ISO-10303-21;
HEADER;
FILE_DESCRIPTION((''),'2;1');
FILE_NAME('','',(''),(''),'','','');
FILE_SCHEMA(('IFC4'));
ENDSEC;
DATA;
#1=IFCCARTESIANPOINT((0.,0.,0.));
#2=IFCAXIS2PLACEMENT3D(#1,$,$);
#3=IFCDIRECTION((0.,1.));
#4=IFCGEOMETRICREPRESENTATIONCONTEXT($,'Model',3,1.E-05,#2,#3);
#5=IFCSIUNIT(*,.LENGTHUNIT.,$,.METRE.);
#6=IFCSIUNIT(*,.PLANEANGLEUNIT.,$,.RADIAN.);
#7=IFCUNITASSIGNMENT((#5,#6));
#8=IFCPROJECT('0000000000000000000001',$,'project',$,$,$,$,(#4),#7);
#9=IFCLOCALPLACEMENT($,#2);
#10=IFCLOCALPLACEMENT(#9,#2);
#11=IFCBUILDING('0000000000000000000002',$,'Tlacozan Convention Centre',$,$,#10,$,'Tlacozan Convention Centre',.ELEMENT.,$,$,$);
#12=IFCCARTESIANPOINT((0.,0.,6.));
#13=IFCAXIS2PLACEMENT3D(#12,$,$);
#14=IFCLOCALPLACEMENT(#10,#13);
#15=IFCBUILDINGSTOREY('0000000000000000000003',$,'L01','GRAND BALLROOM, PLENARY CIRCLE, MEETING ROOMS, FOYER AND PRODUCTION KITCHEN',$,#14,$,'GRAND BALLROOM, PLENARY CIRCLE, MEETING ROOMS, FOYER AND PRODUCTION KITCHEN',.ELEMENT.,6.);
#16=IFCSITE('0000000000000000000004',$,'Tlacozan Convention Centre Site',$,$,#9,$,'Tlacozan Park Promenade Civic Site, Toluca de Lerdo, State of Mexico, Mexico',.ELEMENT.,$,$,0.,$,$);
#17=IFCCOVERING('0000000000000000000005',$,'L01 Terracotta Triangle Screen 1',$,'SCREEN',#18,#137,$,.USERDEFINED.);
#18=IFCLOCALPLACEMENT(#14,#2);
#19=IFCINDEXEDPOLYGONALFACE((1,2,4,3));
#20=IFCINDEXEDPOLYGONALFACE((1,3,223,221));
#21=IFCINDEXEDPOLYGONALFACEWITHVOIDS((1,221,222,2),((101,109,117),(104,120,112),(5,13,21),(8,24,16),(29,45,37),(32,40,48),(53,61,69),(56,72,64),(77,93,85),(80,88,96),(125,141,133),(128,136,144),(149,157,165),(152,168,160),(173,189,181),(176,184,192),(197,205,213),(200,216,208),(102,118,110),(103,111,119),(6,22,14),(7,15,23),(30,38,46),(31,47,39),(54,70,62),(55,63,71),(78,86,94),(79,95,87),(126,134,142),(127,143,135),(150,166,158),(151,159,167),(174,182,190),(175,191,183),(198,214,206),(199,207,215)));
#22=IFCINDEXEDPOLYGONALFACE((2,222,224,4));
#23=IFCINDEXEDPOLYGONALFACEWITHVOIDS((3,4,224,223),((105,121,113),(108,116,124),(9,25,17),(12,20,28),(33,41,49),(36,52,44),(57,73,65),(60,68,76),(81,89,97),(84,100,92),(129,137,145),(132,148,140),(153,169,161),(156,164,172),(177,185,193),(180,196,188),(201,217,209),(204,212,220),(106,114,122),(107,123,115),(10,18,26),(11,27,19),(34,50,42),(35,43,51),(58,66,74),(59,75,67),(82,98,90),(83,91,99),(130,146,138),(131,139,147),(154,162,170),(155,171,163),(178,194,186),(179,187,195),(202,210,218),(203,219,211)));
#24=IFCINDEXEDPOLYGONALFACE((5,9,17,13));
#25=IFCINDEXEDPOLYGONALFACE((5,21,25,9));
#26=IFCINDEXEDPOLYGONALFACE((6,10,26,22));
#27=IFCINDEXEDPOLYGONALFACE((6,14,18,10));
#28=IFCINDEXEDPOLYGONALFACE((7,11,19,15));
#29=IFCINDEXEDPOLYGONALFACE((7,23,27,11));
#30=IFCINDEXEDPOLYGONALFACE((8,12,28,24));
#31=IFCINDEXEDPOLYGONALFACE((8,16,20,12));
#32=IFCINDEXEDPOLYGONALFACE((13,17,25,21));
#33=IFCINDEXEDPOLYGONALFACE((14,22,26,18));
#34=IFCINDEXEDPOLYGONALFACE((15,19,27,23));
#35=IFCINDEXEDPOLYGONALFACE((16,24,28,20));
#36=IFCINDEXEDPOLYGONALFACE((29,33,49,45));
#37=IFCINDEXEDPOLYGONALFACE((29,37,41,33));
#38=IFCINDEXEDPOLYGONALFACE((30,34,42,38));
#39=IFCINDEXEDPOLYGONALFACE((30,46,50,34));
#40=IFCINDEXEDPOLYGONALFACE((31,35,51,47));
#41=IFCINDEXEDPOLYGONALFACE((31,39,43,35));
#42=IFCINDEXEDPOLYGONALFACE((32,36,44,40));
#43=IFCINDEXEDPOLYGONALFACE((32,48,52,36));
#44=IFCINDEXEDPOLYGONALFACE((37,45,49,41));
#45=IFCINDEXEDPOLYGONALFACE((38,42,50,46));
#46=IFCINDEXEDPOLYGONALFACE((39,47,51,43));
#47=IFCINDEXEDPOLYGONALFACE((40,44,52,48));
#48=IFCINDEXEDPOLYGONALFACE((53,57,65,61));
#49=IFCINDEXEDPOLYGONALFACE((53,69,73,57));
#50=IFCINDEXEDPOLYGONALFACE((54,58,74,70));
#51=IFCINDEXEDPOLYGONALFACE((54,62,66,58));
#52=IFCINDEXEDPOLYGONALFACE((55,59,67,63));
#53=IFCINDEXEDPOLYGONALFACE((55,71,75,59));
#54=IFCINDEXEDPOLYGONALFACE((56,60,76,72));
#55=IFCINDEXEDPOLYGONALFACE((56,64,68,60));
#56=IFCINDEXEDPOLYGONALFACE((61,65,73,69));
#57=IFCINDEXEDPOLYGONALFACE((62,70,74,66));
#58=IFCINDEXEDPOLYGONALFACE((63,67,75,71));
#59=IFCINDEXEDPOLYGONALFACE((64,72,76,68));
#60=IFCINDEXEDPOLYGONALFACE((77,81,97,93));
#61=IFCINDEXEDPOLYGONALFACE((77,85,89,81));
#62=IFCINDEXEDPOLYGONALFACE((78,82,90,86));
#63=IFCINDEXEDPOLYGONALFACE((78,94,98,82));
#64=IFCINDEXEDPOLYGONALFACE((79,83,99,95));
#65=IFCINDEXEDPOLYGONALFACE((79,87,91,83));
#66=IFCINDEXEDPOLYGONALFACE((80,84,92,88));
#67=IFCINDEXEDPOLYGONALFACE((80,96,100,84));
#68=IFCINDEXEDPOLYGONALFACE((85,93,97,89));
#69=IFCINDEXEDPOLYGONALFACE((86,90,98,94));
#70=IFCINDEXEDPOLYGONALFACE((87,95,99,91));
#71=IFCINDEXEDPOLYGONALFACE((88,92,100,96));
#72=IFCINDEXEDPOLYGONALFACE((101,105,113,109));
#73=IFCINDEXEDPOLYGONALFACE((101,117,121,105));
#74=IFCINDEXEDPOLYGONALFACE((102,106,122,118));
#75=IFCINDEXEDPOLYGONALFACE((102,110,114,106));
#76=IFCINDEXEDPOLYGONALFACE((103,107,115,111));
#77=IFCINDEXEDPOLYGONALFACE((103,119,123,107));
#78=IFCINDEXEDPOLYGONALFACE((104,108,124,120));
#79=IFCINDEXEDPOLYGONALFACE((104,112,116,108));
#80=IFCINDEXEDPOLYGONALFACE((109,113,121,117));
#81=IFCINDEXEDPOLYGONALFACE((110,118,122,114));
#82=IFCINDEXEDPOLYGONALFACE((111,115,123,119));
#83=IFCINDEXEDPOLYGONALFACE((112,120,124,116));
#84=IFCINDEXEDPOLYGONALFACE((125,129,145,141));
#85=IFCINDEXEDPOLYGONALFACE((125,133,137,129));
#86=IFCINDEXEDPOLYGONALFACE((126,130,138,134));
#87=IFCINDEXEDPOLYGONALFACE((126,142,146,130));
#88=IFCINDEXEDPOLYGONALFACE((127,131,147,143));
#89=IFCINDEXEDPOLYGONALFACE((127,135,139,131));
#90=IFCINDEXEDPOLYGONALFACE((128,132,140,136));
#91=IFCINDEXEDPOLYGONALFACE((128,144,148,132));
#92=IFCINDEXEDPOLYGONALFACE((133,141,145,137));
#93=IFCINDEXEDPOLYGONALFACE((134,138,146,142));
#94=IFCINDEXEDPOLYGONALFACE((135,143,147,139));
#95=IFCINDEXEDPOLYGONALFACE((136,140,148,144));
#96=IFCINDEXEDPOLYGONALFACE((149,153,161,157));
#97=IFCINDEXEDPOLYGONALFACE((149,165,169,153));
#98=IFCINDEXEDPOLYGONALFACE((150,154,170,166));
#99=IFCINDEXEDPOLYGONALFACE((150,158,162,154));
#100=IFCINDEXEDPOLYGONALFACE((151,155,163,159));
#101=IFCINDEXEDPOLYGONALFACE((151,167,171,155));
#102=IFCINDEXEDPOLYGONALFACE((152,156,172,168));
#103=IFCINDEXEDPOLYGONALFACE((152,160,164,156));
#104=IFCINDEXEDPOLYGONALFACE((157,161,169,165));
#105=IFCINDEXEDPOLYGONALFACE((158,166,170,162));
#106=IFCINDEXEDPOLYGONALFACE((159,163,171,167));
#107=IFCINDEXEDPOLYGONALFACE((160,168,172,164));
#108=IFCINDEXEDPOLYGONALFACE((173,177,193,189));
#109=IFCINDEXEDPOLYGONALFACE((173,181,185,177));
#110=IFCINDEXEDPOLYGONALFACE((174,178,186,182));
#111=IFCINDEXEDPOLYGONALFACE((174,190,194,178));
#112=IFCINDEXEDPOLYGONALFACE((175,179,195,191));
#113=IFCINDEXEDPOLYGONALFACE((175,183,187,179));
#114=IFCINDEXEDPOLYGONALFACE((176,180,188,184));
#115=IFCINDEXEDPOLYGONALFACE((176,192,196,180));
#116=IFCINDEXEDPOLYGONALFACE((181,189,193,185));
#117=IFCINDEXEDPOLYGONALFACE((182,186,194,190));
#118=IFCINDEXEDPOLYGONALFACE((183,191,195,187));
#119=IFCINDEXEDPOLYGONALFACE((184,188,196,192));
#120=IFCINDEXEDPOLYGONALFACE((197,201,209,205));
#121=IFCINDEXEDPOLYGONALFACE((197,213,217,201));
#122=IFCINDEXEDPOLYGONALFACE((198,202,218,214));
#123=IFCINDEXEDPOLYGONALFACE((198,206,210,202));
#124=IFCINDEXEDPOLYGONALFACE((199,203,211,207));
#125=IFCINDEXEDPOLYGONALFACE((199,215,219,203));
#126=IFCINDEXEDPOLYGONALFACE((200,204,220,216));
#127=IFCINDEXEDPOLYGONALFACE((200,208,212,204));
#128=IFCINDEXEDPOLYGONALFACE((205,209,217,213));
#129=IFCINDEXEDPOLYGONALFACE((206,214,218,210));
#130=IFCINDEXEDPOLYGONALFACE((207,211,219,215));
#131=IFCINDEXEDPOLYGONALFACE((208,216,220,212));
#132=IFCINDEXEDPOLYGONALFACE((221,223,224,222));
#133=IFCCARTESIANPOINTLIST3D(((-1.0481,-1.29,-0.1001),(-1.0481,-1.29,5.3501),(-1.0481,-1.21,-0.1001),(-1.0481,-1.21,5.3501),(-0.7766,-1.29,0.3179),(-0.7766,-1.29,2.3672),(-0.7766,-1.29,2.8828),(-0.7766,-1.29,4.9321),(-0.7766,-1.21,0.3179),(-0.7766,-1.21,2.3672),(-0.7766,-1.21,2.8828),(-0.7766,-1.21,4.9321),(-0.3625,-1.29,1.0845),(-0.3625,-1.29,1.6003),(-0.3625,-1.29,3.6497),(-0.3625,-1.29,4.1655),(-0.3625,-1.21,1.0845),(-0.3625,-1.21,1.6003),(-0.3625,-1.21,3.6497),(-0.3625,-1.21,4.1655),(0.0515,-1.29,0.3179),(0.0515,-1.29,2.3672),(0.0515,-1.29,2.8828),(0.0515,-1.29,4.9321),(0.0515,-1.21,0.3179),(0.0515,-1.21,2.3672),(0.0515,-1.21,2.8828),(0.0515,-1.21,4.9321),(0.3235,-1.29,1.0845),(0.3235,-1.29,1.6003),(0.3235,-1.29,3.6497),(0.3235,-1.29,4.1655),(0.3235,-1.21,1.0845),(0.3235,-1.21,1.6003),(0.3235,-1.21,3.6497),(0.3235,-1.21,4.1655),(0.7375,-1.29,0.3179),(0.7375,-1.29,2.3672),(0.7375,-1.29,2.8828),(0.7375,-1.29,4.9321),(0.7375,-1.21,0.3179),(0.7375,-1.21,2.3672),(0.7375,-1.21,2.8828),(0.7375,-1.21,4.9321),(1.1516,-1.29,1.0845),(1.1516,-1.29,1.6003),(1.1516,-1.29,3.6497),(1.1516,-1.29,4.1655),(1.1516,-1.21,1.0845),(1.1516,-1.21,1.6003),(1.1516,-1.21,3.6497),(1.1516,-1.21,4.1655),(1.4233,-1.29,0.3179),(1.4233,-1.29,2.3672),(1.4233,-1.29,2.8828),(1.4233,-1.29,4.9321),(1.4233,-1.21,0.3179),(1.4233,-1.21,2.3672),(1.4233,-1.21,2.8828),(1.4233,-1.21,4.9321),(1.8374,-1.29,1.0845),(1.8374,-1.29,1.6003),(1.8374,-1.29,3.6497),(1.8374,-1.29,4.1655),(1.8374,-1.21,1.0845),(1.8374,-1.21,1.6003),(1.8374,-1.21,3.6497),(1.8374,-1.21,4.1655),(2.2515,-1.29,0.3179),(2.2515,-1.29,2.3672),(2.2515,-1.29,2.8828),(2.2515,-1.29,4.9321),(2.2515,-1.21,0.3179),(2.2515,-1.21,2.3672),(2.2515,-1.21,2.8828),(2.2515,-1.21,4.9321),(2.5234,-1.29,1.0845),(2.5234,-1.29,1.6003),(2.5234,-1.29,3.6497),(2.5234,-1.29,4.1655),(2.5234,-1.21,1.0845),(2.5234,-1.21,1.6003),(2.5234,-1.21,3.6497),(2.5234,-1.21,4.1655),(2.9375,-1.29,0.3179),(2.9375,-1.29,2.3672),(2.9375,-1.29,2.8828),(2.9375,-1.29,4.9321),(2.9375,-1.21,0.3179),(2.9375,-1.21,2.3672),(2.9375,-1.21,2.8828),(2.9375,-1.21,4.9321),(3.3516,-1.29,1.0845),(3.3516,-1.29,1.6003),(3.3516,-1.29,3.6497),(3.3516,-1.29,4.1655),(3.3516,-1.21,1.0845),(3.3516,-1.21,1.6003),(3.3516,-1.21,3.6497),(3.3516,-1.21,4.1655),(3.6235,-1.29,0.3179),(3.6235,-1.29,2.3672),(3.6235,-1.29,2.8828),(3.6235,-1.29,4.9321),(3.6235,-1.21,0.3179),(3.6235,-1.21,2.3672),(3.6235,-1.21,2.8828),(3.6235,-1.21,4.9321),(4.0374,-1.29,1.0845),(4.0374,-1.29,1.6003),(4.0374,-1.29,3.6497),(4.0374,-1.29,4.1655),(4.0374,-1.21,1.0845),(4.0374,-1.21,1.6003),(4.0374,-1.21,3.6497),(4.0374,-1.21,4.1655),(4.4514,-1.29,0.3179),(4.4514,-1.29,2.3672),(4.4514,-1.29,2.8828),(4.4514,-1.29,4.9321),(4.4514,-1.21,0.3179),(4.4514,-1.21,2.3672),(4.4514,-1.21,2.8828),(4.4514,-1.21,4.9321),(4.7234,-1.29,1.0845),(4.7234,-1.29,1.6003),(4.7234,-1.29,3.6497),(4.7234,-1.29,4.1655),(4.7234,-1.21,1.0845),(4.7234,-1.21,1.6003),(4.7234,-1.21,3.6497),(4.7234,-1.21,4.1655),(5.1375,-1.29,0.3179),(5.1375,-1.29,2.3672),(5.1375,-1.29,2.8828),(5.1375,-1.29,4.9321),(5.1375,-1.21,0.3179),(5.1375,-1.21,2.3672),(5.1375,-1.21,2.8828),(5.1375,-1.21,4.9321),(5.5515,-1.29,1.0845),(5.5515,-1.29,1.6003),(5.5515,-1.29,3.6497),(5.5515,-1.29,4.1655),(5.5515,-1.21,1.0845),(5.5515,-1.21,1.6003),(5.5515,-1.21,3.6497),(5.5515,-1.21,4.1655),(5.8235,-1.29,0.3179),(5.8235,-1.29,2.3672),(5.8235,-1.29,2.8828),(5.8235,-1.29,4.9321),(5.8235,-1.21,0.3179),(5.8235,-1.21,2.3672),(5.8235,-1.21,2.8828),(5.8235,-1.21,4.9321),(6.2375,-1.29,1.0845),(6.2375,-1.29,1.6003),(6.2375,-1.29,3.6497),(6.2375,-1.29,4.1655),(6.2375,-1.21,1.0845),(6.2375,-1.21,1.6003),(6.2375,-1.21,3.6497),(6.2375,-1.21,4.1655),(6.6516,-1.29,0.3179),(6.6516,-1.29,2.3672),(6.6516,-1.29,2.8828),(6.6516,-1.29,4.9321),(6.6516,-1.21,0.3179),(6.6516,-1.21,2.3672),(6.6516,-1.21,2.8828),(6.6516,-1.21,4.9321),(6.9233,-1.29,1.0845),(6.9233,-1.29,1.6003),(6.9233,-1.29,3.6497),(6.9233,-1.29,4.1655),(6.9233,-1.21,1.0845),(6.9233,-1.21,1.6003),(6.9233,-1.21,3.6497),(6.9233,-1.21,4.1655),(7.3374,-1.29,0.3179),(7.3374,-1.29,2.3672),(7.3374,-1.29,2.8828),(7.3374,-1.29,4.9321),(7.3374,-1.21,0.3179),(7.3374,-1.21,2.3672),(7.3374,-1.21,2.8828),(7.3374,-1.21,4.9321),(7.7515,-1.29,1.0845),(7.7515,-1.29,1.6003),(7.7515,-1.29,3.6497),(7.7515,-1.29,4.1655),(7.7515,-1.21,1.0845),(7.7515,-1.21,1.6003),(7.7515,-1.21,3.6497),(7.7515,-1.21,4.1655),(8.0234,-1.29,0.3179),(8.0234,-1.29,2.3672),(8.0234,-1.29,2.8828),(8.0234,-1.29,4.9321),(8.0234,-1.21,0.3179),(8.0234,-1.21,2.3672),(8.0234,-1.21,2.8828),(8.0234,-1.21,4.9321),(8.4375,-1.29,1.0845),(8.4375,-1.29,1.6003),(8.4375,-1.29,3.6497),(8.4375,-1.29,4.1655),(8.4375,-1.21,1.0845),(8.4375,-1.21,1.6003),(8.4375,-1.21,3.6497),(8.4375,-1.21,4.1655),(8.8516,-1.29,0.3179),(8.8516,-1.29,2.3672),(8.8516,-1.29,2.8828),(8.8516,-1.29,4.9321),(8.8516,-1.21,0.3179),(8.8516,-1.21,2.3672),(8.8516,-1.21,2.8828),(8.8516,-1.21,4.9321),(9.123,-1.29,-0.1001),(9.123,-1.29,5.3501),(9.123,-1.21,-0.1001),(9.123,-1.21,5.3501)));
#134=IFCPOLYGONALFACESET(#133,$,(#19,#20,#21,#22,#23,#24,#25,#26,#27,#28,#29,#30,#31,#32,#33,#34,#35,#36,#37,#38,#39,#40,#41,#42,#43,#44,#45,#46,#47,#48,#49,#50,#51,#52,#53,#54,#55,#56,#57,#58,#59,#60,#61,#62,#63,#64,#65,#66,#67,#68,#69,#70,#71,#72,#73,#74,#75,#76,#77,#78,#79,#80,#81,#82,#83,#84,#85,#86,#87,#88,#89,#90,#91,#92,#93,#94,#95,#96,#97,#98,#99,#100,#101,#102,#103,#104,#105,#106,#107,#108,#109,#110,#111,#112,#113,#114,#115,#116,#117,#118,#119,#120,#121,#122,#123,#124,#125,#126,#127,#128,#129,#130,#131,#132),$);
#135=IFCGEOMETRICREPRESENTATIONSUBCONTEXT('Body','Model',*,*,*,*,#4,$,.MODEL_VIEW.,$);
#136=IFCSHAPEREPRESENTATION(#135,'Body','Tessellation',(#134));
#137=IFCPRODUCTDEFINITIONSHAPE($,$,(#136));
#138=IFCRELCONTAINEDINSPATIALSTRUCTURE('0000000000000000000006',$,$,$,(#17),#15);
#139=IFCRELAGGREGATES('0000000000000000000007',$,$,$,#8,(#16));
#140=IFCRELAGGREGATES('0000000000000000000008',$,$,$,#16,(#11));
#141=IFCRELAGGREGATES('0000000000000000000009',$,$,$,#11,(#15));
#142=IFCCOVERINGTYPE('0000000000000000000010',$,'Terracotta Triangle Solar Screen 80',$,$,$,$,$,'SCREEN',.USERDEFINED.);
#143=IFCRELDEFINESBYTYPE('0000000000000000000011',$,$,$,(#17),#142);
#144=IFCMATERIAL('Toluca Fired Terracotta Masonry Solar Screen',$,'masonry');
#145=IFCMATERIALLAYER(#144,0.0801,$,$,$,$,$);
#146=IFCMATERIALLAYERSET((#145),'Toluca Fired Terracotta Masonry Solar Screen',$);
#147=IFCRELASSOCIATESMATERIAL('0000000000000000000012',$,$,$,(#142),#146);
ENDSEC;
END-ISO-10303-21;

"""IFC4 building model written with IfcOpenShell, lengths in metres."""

from ifc_helpers import new_model, si_unit, direction, frame, origin, place, context, subcontext, project, spatial, polyline, outline, extrude, material, layer, layer_set, type_object, element, save


model = new_model("IFC4")

# Units and contexts
model_context = context("Model", 3, precision=1e-05, world=origin(), true_north=direction((0.0, 1.0)))
body_context = subcontext(model_context, "Body", "Model", "MODEL_VIEW")
ifc_project = project(units=[si_unit("LENGTHUNIT", "METRE"), si_unit("PLANEANGLEUNIT", "RADIAN")], contexts=[model_context])

# Site, building, storey
site_placement = place(None, origin())
site = spatial("IfcSite", under=ifc_project, at=site_placement, Name="Tlacozan Convention Centre Site", LongName="Tlacozan Park Promenade Civic Site, Toluca de Lerdo, State of Mexico, Mexico", CompositionType="ELEMENT", RefElevation=0.0)
building_placement = place(site_placement, origin())
building = spatial("IfcBuilding", under=site, at=building_placement, Name="Tlacozan Convention Centre", LongName="Tlacozan Convention Centre", CompositionType="ELEMENT")
storey_placement = place(building_placement, frame((0.0, 0.0, 6.0)))
storey = spatial("IfcBuildingStorey", under=building, at=storey_placement, Name="L01", Description="GRAND BALLROOM, PLENARY CIRCLE, MEETING ROOMS, FOYER AND PRODUCTION KITCHEN", LongName="GRAND BALLROOM, PLENARY CIRCLE, MEETING ROOMS, FOYER AND PRODUCTION KITCHEN", CompositionType="ELEMENT", Elevation=6.0)

# Covering
ifc_material_1 = material(Name="Toluca Fired Terracotta Masonry Solar Screen", Category="masonry")
ifc_layer_1 = layer(ifc_material_1, 0.0801)
ifc_layer_set_1 = layer_set([ifc_layer_1], Name="Toluca Fired Terracotta Masonry Solar Screen")
covering_type_1 = type_object("IfcCoveringType", Name="Terracotta Triangle Solar Screen 80", ElementType="SCREEN", PredefinedType="USERDEFINED", material=ifc_layer_set_1)
covering_1_placement = place(storey_placement, frame((-1.0481, -1.25, -0.1001), z_axis=(0.0, 0.0, 1.0), x_axis=(1.0, 0.0, 0.0)))
element("IfcCovering", 1, at=covering_1_placement, inside=storey, type_object=covering_type_1, Name="L01 Terracotta Triangle Screen 1", ObjectType="SCREEN", PredefinedType="USERDEFINED", context=body_context, shape_type="SweptSolid", body=[
    extrude(outline(polyline([(0.0, 0.0), (10.1711, 0.0), (10.1711, 5.4502), (0.0, 5.4502), (0.0, 0.0)]), holes=[polyline([(0.2715, 0.418), (1.0996, 0.418), (0.6855, 1.1846), (0.2715, 0.418)]), polyline([(1.3716, 1.1846), (2.1997, 1.1846), (1.7856, 0.418), (1.3716, 1.1846)]), polyline([(2.4714, 0.418), (3.2996, 0.418), (2.8855, 1.1846), (2.4714, 0.418)]), polyline([(3.5715, 1.1846), (4.3997, 1.1846), (3.9856, 0.418), (3.5715, 1.1846)]), polyline([(4.6716, 0.418), (5.4995, 0.418), (5.0854, 1.1846), (4.6716, 0.418)]), polyline([(5.7715, 1.1846), (6.5996, 1.1846), (6.1855, 0.418), (5.7715, 1.1846)]), polyline([(6.8716, 0.418), (7.6997, 0.418), (7.2856, 1.1846), (6.8716, 0.418)]), polyline([(7.9714, 1.1846), (8.7996, 1.1846), (8.3855, 0.418), (7.9714, 1.1846)]), polyline([(9.0715, 0.418), (9.8997, 0.418), (9.4856, 1.1846), (9.0715, 0.418)]), polyline([(0.2715, 2.4673), (1.0996, 2.4673), (0.6855, 1.7004), (0.2715, 2.4673)]), polyline([(1.3716, 1.7004), (2.1997, 1.7004), (1.7856, 2.4673), (1.3716, 1.7004)]), polyline([(2.4714, 2.4673), (3.2996, 2.4673), (2.8855, 1.7004), (2.4714, 2.4673)]), polyline([(3.5715, 1.7004), (4.3997, 1.7004), (3.9856, 2.4673), (3.5715, 1.7004)]), polyline([(4.6716, 2.4673), (5.4995, 2.4673), (5.0854, 1.7004), (4.6716, 2.4673)]), polyline([(5.7715, 1.7004), (6.5996, 1.7004), (6.1855, 2.4673), (5.7715, 1.7004)]), polyline([(6.8716, 2.4673), (7.6997, 2.4673), (7.2856, 1.7004), (6.8716, 2.4673)]), polyline([(7.9714, 1.7004), (8.7996, 1.7004), (8.3855, 2.4673), (7.9714, 1.7004)]), polyline([(9.0715, 2.4673), (9.8997, 2.4673), (9.4856, 1.7004), (9.0715, 2.4673)]), polyline([(0.2715, 2.9829), (1.0996, 2.9829), (0.6855, 3.7498), (0.2715, 2.9829)]), polyline([(1.3716, 3.7498), (2.1997, 3.7498), (1.7856, 2.9829), (1.3716, 3.7498)]), polyline([(2.4714, 2.9829), (3.2996, 2.9829), (2.8855, 3.7498), (2.4714, 2.9829)]), polyline([(3.5715, 3.7498), (4.3997, 3.7498), (3.9856, 2.9829), (3.5715, 3.7498)]), polyline([(4.6716, 2.9829), (5.4995, 2.9829), (5.0854, 3.7498), (4.6716, 2.9829)]), polyline([(5.7715, 3.7498), (6.5996, 3.7498), (6.1855, 2.9829), (5.7715, 3.7498)]), polyline([(6.8716, 2.9829), (7.6997, 2.9829), (7.2856, 3.7498), (6.8716, 2.9829)]), polyline([(7.9714, 3.7498), (8.7996, 3.7498), (8.3855, 2.9829), (7.9714, 3.7498)]), polyline([(9.0715, 2.9829), (9.8997, 2.9829), (9.4856, 3.7498), (9.0715, 2.9829)]), polyline([(0.2715, 5.0322), (1.0996, 5.0322), (0.6855, 4.2656), (0.2715, 5.0322)]), polyline([(1.3716, 4.2656), (2.1997, 4.2656), (1.7856, 5.0322), (1.3716, 4.2656)]), polyline([(2.4714, 5.0322), (3.2996, 5.0322), (2.8855, 4.2656), (2.4714, 5.0322)]), polyline([(3.5715, 4.2656), (4.3997, 4.2656), (3.9856, 5.0322), (3.5715, 4.2656)]), polyline([(4.6716, 5.0322), (5.4995, 5.0322), (5.0854, 4.2656), (4.6716, 5.0322)]), polyline([(5.7715, 4.2656), (6.5996, 4.2656), (6.1855, 5.0322), (5.7715, 4.2656)]), polyline([(6.8716, 5.0322), (7.6997, 5.0322), (7.2856, 4.2656), (6.8716, 5.0322)]), polyline([(7.9714, 4.2656), (8.7996, 4.2656), (8.3855, 5.0322), (7.9714, 4.2656)]), polyline([(9.0715, 5.0322), (9.8997, 5.0322), (9.4856, 4.2656), (9.0715, 5.0322)])]), frame((0.0, 0.04, 0.0), z_axis=(0.0, -1.0, 0.0), x_axis=(1.0, 0.0, 0.0)), (0.0, 0.0, 1.0), 0.0801),
])

save(model, "model.ifc")
